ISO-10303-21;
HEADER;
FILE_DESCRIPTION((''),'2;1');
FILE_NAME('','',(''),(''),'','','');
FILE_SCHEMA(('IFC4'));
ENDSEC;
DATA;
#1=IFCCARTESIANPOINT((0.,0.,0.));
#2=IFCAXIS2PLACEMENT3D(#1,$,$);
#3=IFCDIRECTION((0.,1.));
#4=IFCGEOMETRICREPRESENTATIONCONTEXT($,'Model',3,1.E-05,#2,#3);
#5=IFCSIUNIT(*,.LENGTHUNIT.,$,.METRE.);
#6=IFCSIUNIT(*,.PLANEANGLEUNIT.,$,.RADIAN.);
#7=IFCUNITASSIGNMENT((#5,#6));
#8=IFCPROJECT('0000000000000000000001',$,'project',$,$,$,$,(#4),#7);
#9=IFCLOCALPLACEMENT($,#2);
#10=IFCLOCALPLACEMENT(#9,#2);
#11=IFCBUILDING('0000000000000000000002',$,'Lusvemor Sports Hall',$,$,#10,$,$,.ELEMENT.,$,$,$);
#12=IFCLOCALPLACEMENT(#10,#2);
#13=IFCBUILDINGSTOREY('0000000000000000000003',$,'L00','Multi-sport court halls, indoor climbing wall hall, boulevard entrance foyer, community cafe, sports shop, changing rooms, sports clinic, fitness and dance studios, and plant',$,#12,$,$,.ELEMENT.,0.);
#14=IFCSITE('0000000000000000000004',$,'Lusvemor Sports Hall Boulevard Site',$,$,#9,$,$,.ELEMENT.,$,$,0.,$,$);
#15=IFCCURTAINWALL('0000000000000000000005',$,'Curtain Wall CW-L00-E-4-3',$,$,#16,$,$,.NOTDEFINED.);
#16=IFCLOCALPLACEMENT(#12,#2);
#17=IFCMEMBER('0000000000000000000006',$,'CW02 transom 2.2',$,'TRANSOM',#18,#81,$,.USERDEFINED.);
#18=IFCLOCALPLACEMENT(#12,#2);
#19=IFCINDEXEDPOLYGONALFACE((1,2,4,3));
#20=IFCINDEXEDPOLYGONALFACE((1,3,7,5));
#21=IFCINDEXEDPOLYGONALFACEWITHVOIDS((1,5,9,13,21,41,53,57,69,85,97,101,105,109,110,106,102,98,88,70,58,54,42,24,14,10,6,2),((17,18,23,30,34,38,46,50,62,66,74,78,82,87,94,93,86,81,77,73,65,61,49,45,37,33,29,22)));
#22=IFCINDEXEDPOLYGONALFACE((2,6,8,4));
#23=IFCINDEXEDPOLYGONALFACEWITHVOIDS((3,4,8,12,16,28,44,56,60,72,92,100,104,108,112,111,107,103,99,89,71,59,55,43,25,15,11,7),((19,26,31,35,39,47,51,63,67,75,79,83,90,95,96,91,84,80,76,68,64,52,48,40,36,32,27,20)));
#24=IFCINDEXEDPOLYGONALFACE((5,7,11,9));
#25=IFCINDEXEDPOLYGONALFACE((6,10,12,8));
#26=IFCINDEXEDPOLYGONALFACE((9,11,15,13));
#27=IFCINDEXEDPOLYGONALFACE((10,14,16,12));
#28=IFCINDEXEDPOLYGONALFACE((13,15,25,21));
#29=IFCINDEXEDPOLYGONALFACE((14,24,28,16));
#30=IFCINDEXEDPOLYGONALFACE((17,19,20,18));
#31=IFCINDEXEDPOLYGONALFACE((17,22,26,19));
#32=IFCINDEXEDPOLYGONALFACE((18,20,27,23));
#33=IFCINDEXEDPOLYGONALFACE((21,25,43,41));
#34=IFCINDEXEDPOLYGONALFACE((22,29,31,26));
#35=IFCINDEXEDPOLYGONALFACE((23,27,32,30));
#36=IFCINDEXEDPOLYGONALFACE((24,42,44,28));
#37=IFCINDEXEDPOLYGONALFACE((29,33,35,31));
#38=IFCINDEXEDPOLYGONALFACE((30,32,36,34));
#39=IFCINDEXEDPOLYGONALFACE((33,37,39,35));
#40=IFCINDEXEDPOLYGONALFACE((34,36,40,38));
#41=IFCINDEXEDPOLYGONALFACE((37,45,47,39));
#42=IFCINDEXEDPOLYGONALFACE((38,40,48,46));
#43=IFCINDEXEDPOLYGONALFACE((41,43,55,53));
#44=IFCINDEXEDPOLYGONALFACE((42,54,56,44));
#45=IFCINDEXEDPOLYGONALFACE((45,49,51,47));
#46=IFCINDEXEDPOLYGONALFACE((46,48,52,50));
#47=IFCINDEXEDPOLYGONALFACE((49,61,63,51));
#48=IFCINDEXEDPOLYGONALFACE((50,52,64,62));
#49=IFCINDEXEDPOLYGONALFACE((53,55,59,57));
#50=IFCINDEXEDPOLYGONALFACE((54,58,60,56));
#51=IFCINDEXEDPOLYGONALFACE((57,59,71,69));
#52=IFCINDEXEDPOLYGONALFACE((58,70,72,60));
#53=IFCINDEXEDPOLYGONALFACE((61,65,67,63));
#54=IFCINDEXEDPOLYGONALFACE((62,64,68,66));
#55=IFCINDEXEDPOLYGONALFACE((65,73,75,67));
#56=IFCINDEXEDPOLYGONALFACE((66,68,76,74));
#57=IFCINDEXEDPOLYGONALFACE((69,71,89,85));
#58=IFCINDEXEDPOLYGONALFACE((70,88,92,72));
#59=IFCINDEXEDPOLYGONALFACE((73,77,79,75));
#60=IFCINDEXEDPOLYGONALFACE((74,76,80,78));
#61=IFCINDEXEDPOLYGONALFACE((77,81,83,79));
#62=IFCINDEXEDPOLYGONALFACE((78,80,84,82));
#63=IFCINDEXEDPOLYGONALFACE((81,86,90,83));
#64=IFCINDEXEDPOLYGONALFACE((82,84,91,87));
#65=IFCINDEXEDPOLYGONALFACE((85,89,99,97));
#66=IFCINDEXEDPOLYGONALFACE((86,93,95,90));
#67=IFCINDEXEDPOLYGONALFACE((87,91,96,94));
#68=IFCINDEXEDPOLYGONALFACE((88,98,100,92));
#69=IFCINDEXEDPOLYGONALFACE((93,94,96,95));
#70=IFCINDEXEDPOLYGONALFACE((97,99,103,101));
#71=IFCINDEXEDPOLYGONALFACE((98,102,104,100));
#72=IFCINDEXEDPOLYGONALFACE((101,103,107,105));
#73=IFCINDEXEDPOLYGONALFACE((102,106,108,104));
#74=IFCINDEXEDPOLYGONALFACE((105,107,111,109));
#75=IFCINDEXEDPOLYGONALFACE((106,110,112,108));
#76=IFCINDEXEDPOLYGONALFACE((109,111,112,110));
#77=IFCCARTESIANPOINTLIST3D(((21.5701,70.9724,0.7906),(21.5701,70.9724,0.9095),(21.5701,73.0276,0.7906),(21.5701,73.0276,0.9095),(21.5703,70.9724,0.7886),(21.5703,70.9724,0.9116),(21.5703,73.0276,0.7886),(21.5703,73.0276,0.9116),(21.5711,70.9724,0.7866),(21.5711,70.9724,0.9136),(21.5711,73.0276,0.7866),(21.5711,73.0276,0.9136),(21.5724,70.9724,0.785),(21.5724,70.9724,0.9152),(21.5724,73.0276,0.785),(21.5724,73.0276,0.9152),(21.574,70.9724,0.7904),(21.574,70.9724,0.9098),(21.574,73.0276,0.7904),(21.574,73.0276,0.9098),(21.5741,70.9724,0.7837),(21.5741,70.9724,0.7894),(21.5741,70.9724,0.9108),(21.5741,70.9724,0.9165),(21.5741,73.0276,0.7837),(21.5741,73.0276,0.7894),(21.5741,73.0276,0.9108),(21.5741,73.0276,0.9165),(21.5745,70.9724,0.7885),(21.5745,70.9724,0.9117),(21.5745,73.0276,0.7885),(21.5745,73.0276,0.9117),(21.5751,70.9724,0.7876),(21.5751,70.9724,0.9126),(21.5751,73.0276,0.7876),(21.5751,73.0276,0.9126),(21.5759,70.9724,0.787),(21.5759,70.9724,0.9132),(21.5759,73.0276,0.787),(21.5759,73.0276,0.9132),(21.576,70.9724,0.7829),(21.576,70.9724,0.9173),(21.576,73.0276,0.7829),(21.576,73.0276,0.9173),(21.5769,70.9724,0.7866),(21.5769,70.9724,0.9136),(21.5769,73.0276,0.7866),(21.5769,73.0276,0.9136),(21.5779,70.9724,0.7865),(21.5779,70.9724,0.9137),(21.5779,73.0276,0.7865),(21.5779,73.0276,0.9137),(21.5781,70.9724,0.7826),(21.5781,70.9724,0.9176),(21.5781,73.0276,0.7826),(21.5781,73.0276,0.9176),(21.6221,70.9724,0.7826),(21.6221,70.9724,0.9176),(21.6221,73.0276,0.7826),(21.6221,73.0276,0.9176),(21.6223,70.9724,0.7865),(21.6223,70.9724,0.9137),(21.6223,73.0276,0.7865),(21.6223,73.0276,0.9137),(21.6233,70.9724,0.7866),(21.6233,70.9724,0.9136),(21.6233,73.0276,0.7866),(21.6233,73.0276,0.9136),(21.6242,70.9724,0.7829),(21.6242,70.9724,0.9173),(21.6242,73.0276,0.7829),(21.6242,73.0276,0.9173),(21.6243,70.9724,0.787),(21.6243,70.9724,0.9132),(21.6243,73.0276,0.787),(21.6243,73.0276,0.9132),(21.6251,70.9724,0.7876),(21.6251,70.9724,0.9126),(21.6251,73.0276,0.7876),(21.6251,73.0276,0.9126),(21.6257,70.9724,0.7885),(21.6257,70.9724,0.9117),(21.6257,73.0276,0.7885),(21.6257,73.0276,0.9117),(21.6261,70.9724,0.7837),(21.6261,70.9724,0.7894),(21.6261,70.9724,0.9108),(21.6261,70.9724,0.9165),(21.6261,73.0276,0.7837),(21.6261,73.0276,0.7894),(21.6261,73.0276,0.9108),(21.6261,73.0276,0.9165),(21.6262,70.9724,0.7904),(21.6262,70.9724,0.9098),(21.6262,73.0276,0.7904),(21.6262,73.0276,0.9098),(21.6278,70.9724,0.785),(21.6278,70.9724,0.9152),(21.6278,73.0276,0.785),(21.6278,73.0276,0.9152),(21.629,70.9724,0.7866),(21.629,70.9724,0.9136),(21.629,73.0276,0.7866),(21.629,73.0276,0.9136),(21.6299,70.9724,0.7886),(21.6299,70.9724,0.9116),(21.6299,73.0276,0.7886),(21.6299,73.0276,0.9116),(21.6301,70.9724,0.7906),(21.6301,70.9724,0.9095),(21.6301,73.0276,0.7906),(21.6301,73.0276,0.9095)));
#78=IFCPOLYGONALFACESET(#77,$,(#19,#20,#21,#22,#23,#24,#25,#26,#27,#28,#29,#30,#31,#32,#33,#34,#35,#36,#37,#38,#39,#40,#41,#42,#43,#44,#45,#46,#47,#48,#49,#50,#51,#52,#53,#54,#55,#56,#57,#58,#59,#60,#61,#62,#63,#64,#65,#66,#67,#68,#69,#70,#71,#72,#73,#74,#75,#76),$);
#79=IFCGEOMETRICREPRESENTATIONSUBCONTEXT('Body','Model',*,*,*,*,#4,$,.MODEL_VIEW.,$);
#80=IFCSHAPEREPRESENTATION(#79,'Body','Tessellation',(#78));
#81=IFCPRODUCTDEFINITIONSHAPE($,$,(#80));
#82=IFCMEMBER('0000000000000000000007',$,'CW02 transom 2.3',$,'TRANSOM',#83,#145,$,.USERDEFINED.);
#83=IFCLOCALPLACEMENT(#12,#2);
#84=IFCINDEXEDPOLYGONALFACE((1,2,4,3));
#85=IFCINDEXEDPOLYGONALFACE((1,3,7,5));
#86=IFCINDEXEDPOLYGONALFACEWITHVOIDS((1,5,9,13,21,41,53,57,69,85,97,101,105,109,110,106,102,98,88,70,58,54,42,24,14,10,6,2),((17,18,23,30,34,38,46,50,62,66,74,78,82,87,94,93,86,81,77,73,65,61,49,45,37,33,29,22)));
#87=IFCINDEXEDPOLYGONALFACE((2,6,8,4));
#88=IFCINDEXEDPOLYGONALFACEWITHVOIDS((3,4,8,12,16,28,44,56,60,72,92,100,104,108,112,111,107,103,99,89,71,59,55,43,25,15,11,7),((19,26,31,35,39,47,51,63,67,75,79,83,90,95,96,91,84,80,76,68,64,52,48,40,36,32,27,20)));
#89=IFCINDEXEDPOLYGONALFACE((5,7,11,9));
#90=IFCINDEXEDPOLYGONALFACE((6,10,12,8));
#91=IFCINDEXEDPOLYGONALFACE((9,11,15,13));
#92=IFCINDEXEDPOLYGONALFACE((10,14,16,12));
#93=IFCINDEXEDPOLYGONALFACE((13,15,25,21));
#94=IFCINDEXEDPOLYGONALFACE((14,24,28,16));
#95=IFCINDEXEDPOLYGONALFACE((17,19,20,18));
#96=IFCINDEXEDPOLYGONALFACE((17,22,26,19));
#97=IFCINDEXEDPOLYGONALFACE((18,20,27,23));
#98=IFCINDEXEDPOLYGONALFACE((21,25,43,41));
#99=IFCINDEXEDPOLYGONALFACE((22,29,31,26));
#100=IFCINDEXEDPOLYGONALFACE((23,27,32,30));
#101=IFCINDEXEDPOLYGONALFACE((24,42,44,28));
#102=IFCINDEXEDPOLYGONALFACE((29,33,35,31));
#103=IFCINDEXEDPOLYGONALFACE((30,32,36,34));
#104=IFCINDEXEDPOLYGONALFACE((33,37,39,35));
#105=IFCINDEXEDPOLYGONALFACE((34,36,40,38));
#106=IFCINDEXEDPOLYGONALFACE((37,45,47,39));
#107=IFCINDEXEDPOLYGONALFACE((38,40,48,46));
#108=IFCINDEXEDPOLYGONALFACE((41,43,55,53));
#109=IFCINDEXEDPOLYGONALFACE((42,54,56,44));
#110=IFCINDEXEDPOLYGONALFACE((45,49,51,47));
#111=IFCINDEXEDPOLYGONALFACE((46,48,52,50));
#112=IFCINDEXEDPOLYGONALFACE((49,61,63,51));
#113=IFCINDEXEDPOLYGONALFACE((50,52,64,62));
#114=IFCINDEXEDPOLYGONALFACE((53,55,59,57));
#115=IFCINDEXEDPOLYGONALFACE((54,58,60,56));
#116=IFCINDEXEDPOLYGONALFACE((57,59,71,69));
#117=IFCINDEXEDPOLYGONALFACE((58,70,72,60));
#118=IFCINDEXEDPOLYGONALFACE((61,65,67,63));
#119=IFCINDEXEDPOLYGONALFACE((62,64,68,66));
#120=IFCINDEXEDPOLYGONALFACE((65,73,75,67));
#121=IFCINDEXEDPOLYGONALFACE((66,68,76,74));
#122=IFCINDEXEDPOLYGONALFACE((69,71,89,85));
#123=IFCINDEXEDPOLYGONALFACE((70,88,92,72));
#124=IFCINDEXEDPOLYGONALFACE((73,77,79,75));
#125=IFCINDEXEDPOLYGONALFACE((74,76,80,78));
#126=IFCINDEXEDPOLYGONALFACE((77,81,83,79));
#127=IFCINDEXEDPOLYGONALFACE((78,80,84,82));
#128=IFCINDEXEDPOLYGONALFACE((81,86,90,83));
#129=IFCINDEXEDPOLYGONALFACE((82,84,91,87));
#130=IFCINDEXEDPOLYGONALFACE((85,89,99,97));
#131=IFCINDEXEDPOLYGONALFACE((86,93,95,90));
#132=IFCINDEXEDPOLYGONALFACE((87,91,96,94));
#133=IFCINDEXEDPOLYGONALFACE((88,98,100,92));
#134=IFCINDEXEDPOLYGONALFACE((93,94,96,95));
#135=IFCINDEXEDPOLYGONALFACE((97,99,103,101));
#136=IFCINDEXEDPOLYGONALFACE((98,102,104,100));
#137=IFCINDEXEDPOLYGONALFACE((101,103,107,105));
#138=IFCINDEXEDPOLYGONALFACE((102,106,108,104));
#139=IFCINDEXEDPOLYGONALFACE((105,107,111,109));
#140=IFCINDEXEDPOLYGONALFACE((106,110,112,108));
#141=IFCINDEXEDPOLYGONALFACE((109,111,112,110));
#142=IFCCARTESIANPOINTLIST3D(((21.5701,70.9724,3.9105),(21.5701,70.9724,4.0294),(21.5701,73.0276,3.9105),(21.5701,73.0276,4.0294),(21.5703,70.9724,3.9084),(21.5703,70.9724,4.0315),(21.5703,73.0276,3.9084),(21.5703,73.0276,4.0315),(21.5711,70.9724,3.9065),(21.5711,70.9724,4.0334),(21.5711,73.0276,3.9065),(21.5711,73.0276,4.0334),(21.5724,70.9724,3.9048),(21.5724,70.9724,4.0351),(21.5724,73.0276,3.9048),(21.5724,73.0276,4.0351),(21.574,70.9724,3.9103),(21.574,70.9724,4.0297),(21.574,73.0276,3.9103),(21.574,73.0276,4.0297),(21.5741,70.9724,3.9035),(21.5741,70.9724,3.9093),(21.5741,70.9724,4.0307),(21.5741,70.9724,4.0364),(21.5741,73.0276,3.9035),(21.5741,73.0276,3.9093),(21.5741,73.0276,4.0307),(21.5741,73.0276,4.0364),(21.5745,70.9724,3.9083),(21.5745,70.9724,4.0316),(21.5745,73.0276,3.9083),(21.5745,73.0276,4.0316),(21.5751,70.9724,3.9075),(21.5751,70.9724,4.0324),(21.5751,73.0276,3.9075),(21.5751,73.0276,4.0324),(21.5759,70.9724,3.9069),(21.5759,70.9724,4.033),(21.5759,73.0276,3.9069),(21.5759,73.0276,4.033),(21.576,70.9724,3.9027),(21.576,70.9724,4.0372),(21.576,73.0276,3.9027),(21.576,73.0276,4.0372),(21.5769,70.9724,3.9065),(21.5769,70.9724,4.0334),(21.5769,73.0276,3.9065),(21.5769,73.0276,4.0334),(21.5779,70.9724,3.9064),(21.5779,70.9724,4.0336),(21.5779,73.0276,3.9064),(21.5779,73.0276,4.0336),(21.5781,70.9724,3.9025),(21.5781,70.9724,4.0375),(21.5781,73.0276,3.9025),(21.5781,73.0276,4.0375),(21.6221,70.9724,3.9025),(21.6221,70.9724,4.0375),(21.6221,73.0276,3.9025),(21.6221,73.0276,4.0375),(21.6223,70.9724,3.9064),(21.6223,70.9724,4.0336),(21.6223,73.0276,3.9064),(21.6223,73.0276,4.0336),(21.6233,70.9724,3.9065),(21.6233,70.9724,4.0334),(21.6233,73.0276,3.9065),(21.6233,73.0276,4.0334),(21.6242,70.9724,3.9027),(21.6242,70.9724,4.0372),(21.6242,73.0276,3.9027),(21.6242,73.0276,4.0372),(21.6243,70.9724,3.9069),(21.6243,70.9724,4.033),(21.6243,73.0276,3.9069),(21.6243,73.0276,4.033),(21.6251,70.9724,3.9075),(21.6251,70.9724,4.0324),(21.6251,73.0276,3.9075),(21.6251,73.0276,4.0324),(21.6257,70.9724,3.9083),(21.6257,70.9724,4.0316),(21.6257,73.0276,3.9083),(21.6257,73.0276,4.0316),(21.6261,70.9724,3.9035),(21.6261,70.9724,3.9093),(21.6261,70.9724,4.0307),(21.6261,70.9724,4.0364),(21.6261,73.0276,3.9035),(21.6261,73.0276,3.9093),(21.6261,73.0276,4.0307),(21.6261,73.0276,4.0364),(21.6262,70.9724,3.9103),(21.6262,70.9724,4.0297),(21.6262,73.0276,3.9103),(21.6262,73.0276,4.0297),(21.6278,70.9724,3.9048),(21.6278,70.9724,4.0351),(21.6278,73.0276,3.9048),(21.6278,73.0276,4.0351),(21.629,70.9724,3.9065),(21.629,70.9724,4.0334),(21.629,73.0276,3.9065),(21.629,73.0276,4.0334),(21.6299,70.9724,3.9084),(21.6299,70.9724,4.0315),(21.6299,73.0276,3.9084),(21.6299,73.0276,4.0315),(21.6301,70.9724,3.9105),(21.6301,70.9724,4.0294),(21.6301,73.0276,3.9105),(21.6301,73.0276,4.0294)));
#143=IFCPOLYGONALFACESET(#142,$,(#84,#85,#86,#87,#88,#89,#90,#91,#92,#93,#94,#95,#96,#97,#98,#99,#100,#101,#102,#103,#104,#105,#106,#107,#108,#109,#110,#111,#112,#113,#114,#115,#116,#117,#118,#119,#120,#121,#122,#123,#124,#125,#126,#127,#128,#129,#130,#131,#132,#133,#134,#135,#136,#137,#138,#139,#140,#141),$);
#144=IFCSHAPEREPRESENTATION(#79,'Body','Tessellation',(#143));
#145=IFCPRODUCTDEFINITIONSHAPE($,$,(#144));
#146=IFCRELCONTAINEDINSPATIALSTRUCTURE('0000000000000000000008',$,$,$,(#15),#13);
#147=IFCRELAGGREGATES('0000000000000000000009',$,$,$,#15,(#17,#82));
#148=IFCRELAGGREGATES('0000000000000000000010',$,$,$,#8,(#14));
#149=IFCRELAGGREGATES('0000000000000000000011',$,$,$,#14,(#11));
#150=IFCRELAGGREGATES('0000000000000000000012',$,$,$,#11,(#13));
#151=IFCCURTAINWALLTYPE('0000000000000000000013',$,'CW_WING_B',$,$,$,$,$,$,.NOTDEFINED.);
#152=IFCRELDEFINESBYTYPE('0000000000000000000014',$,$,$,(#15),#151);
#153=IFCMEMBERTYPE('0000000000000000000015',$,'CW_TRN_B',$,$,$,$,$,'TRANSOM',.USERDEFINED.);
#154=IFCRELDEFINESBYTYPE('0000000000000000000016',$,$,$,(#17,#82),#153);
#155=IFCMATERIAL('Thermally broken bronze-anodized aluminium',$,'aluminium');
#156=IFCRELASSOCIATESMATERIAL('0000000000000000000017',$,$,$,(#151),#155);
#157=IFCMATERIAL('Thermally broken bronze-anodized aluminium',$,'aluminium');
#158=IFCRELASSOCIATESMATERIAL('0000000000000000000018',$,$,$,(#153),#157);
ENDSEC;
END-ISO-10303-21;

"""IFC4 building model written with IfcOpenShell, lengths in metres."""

from ifc_helpers import new_model, si_unit, direction, frame, origin, origin_2d, place, context, subcontext, project, spatial, hollow_rectangle, extrude, material, material_profile, profile_set, type_object, element, aggregate, save


model = new_model("IFC4")

# Units and contexts
model_context = context("Model", 3, precision=1e-05, world=origin(), true_north=direction((0.0, 1.0)))
body_context = subcontext(model_context, "Body", "Model", "MODEL_VIEW")
ifc_project = project(units=[si_unit("LENGTHUNIT", "METRE"), si_unit("PLANEANGLEUNIT", "RADIAN")], contexts=[model_context])

# Site, building, storey
site_placement = place(None, origin())
site = spatial("IfcSite", under=ifc_project, at=site_placement, Name="Lusvemor Sports Hall Boulevard Site", CompositionType="ELEMENT", RefElevation=0.0)
building_placement = place(site_placement, origin())
building = spatial("IfcBuilding", under=site, at=building_placement, Name="Lusvemor Sports Hall", CompositionType="ELEMENT")
storey_placement = place(building_placement, origin())
storey = spatial("IfcBuildingStorey", under=building, at=storey_placement, Name="L00", Description="Multi-sport court halls, indoor climbing wall hall, boulevard entrance foyer, community cafe, sports shop, changing rooms, sports clinic, fitness and dance studios, and plant", CompositionType="ELEMENT", Elevation=0.0)

# Shared definitions
ifc_material_1 = material(Name="Thermally broken bronze-anodized aluminium", Category="aluminium")
curtain_wall_type = type_object("IfcCurtainWallType", Name="CW_WING_B", PredefinedType="NOTDEFINED", material=ifc_material_1)

# Curtain wall
curtain_wall_1_placement = place(storey_placement, origin())
curtain_wall_1 = element("IfcCurtainWall", 1, at=curtain_wall_1_placement, inside=storey, type_object=curtain_wall_type, Name="Curtain Wall CW-L00-E-4-3", PredefinedType="NOTDEFINED")

# Members
ifc_material_2 = material(Name="Thermally broken bronze-anodized aluminium", Category="aluminium")
ifc_material_profile_1 = material_profile(ifc_material_2, hollow_rectangle(XDim=0.0601, YDim=0.135, WallThickness=0.0039, InnerFilletRadius=0.0039, OuterFilletRadius=0.0081, at=origin_2d()), Name="CWTRN135x60x4")
ifc_profile_set_1 = profile_set([ifc_material_profile_1], Name="Thermally broken bronze-anodized aluminium")
member_type_1 = type_object("IfcMemberType", Name="CW_TRN_B", ElementType="TRANSOM", PredefinedType="USERDEFINED", material=ifc_profile_set_1)
member_1_placement = place(storey_placement, frame((21.6001, 73.0276, 0.8501), z_axis=(0.0, -1.0, 0.0), x_axis=(1.0, 0.0, 0.0)))
member_1 = element("IfcMember", 2, at=member_1_placement, type_object=member_type_1, Name="CW02 transom 2.2", ObjectType="TRANSOM", PredefinedType="USERDEFINED", context=body_context, shape_type="SweptSolid", body=[
    extrude(hollow_rectangle(XDim=0.0601, YDim=0.135, WallThickness=0.0039, InnerFilletRadius=0.0039, OuterFilletRadius=0.0081, at=origin_2d()), origin(), (0.0, 0.0, 1.0), 2.0552),
])
member_2_placement = place(storey_placement, frame((21.6001, 73.0276, 3.97), z_axis=(0.0, -1.0, 0.0), x_axis=(1.0, 0.0, 0.0)))
member_2 = element("IfcMember", 3, at=member_2_placement, type_object=member_type_1, Name="CW02 transom 2.3", ObjectType="TRANSOM", PredefinedType="USERDEFINED", context=body_context, shape_type="SweptSolid", body=[
    extrude(hollow_rectangle(XDim=0.0601, YDim=0.135, WallThickness=0.0039, InnerFilletRadius=0.0039, OuterFilletRadius=0.0081, at=origin_2d()), origin(), (0.0, 0.0, 1.0), 2.0552),
])

aggregate(curtain_wall_1, [member_1, member_2])

save(model, "model.ifc")
